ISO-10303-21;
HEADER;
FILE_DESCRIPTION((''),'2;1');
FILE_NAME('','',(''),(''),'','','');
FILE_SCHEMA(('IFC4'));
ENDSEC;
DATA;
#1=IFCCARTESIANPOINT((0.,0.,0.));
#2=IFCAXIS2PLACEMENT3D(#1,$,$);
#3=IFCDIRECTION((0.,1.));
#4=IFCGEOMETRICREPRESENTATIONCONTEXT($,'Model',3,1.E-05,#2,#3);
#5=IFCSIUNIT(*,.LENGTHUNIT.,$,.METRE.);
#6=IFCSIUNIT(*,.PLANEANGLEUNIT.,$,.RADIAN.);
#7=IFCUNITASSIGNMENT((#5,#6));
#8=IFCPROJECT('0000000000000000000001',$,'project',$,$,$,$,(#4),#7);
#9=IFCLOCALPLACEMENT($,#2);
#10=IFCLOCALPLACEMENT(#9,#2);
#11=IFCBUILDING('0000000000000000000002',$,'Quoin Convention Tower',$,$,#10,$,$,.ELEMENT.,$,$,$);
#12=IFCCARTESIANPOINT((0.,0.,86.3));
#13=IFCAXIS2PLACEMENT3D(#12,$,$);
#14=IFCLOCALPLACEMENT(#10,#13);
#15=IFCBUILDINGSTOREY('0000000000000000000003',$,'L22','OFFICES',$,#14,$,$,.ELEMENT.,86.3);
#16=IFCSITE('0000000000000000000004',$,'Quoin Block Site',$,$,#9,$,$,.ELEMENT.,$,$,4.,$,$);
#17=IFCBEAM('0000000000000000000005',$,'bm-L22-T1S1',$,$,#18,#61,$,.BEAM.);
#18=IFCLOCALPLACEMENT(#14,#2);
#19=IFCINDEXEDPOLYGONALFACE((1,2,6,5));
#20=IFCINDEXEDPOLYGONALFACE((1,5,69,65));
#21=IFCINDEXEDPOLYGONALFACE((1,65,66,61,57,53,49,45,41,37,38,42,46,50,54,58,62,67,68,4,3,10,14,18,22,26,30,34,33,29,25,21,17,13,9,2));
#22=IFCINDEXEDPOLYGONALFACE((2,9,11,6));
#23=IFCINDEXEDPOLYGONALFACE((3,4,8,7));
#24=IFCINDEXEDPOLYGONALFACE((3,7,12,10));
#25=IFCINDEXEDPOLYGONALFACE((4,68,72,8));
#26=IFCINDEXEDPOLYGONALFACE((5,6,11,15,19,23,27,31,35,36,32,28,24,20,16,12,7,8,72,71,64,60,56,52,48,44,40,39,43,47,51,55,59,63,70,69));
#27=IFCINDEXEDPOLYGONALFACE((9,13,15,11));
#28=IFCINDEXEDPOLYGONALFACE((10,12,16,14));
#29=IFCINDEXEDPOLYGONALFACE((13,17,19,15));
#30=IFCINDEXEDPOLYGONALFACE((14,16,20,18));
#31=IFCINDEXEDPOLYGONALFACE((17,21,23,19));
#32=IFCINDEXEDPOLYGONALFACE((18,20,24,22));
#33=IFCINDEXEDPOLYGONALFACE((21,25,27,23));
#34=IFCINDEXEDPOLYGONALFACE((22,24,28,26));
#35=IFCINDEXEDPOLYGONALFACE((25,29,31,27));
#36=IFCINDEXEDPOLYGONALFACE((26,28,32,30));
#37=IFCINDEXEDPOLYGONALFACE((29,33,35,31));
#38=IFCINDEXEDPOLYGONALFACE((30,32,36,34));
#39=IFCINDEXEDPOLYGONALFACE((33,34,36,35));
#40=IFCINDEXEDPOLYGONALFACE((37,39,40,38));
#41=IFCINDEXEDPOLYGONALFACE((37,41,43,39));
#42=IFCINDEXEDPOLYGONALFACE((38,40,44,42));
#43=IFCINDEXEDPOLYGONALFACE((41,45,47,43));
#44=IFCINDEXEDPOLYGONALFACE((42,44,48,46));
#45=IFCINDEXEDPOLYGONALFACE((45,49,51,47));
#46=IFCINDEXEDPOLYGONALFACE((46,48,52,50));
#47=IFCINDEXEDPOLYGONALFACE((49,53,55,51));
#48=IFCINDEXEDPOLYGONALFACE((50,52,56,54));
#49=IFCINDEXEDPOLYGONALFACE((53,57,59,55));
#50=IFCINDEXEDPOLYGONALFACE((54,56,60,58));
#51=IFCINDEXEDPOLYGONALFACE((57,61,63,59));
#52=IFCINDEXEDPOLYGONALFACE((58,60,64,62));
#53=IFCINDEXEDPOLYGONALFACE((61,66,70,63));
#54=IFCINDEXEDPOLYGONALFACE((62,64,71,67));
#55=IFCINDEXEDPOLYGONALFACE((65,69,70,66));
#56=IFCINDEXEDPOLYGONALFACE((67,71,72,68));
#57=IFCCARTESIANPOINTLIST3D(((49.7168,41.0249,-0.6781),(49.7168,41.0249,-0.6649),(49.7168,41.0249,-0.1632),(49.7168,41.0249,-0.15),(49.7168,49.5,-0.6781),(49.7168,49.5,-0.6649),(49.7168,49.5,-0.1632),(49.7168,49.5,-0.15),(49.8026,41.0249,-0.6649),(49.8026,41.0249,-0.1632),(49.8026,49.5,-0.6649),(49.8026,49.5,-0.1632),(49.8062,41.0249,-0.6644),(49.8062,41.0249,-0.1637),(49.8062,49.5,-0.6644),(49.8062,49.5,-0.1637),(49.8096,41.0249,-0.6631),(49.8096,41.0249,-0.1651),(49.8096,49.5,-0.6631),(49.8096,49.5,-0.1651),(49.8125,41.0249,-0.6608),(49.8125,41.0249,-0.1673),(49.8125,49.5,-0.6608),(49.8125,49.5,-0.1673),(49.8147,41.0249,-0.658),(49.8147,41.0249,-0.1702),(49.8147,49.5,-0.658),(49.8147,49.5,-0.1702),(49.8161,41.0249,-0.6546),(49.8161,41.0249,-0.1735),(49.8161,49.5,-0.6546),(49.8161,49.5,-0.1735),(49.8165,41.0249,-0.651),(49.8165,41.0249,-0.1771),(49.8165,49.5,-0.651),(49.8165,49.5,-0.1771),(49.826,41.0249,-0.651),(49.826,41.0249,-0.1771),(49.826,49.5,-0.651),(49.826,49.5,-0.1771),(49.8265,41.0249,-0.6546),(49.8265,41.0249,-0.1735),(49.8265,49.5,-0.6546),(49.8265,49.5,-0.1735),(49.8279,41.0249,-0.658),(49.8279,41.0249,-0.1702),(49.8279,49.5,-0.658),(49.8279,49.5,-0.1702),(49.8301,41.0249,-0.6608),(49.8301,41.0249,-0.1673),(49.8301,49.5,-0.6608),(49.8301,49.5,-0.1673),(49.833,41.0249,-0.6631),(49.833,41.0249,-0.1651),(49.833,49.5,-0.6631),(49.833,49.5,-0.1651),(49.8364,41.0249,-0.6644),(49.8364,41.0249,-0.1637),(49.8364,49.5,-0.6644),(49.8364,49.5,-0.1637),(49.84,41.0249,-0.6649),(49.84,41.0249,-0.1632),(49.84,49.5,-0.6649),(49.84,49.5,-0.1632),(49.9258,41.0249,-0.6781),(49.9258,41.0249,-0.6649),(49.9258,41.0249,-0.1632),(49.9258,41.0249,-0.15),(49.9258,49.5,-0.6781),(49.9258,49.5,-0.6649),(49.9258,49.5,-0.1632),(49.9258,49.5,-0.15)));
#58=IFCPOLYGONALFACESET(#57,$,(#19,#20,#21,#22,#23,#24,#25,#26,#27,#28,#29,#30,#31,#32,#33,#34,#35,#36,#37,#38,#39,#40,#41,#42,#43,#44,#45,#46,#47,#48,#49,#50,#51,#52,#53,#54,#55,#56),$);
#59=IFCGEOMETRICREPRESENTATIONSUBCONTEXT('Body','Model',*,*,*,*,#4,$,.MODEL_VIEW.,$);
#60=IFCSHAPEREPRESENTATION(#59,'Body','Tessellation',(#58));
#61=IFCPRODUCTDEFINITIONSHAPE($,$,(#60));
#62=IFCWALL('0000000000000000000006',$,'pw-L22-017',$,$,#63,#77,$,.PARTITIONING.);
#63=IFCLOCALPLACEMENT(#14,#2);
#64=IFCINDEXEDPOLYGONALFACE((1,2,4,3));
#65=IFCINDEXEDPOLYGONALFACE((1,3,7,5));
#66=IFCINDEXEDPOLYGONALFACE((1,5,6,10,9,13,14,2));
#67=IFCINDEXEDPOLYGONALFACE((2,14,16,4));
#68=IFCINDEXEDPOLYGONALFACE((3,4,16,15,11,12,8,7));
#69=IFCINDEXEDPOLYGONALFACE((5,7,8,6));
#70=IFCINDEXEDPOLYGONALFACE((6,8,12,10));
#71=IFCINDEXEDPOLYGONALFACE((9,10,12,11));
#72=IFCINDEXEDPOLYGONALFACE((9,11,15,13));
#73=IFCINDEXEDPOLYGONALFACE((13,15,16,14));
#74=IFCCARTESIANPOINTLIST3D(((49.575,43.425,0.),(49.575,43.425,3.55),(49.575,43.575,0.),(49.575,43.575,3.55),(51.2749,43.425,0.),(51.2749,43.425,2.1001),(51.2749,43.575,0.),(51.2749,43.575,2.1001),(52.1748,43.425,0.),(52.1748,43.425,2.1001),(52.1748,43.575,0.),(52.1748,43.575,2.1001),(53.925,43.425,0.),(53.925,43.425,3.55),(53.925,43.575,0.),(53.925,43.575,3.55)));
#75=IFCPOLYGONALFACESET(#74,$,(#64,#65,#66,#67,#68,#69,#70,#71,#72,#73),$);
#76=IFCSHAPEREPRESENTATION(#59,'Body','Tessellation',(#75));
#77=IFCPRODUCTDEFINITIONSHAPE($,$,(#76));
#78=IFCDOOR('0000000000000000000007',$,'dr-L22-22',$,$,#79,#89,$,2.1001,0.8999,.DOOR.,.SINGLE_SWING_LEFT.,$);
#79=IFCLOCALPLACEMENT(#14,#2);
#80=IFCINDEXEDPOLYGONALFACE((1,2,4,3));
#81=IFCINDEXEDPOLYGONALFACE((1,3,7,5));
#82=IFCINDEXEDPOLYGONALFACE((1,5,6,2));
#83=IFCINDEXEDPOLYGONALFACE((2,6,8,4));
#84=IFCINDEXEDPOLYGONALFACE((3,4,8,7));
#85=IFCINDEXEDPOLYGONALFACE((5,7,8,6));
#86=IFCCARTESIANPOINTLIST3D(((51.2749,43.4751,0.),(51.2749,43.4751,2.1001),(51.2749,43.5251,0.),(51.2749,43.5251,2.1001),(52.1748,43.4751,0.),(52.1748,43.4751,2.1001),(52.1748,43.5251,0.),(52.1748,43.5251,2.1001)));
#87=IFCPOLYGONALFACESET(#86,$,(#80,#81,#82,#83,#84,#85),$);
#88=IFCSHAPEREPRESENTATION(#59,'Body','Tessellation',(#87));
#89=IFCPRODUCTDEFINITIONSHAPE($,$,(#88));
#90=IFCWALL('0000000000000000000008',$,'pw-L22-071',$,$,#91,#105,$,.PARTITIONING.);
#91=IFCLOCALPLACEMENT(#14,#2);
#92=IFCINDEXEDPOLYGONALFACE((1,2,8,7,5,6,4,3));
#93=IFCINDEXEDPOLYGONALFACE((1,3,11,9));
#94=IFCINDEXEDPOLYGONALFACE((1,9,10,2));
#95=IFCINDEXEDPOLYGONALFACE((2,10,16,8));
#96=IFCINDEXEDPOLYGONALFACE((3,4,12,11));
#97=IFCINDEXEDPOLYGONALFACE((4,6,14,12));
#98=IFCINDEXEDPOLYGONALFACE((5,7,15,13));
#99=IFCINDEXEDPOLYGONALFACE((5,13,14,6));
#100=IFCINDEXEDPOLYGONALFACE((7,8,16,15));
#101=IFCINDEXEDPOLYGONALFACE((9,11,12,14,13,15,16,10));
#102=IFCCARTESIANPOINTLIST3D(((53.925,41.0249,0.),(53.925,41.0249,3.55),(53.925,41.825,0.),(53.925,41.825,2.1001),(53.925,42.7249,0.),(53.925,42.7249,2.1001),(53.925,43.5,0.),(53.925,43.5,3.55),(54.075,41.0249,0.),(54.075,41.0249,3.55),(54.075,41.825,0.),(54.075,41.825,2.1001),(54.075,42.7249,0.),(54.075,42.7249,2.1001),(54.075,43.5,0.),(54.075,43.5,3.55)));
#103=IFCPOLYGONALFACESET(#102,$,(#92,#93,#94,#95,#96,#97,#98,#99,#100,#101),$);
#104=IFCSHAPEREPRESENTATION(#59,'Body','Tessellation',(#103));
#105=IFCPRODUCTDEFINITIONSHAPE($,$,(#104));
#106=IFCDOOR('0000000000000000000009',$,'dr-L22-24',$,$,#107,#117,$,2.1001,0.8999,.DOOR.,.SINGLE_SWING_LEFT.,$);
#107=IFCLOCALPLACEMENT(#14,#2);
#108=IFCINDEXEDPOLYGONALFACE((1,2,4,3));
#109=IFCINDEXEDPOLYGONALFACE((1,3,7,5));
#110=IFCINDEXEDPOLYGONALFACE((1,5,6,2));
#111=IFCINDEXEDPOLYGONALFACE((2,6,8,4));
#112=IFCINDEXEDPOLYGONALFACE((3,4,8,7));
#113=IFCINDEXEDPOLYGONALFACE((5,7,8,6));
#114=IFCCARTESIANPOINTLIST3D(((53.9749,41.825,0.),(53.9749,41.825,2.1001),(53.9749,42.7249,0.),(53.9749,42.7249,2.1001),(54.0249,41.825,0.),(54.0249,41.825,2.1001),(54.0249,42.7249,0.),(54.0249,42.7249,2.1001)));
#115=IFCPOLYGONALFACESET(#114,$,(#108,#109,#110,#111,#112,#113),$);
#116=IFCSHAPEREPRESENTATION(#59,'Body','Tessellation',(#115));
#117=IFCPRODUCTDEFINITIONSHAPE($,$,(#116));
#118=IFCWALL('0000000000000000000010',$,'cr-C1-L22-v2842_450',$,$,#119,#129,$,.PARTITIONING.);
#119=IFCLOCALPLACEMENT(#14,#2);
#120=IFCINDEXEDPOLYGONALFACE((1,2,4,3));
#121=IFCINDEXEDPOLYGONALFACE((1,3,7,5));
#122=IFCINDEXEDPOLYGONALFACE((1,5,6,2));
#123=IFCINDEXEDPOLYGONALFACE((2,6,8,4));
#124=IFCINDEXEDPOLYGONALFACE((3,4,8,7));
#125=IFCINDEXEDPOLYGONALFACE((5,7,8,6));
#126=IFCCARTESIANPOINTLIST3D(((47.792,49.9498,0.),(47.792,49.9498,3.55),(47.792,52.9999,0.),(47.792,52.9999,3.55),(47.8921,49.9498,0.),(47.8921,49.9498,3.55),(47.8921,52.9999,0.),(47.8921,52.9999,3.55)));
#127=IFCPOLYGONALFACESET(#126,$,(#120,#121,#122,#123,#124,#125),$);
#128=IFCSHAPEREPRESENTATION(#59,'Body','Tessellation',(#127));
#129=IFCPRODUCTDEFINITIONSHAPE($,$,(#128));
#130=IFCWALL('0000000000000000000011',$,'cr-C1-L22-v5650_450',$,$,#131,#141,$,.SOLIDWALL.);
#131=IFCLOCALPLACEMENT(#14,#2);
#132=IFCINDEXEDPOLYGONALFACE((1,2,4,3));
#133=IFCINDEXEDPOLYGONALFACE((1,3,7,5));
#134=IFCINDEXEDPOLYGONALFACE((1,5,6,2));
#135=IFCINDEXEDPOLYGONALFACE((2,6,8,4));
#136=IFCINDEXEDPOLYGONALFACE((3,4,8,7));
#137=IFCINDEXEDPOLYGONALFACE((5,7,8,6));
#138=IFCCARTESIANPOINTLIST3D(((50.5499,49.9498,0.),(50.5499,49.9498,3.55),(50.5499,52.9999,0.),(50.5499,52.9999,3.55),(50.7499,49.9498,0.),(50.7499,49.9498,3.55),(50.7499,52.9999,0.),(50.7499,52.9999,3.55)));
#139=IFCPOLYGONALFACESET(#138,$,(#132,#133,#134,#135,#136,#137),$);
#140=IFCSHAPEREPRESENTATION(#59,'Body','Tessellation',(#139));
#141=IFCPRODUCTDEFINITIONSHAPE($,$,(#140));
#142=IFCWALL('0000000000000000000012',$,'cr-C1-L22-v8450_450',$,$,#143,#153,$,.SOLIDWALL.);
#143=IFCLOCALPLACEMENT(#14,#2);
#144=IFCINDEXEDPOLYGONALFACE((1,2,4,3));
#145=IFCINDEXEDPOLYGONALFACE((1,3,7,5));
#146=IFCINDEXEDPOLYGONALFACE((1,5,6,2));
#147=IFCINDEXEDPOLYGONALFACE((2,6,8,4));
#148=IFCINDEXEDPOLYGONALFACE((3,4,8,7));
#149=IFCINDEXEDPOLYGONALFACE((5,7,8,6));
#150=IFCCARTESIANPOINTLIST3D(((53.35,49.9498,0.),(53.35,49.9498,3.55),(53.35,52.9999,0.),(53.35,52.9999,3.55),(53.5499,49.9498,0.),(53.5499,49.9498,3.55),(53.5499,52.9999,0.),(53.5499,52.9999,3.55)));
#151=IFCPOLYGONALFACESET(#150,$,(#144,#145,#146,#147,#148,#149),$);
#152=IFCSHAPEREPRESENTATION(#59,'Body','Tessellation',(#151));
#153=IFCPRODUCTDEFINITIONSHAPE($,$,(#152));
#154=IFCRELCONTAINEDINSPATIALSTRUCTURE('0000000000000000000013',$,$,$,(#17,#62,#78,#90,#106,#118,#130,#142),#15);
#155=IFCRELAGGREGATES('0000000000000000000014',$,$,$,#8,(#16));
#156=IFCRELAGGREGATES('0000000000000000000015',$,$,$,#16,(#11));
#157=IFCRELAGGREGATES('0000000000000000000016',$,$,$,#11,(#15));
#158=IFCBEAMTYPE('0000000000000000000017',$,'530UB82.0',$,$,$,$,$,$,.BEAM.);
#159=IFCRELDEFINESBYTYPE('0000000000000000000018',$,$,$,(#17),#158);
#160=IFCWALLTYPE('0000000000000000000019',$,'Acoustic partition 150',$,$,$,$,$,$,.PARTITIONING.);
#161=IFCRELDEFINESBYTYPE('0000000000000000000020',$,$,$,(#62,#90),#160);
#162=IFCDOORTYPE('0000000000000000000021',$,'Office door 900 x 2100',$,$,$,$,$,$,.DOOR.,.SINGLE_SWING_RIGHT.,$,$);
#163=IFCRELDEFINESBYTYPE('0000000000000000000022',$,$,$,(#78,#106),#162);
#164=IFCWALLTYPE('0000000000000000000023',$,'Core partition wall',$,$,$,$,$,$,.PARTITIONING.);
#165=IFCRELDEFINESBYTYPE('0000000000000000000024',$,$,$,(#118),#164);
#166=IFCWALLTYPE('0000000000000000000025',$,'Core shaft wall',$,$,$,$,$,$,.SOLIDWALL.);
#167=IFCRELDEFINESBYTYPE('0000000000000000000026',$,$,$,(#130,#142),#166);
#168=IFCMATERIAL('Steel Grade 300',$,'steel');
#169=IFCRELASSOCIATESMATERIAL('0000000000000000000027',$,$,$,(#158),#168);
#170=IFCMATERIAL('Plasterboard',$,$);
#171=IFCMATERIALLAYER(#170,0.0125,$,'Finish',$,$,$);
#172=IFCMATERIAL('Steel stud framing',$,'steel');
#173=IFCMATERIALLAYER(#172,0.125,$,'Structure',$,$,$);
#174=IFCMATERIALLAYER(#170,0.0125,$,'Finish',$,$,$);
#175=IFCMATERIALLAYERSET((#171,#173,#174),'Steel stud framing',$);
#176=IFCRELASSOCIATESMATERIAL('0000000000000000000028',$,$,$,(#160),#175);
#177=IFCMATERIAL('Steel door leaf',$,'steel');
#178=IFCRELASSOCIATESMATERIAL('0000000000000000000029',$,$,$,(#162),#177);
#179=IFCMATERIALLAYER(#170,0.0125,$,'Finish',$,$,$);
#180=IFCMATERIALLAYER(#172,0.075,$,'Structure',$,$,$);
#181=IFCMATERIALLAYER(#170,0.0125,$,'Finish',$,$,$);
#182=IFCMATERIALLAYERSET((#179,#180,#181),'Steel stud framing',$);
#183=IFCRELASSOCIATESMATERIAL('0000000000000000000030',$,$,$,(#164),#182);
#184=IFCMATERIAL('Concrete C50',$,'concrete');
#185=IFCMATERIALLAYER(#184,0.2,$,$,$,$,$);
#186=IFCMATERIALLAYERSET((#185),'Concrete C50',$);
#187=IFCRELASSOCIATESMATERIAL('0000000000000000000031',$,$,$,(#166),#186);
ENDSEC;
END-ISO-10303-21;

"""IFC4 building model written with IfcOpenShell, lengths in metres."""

from ifc_helpers import new_model, si_unit, direction, frame, frame_2d, origin, origin_2d, place, context, subcontext, project, spatial, rectangle, i_section, extrude, material, layer, layer_set, material_profile, profile_set, type_object, element, fill, save


model = new_model("IFC4")

# Units and contexts
model_context = context("Model", 3, precision=1e-05, world=origin(), true_north=direction((0.0, 1.0)))
body_context = subcontext(model_context, "Body", "Model", "MODEL_VIEW")
ifc_project = project(units=[si_unit("LENGTHUNIT", "METRE"), si_unit("PLANEANGLEUNIT", "RADIAN")], contexts=[model_context])

# Site, building, storey
site_placement = place(None, origin())
site = spatial("IfcSite", under=ifc_project, at=site_placement, Name="Quoin Block Site", CompositionType="ELEMENT", RefElevation=4.0)
building_placement = place(site_placement, origin())
building = spatial("IfcBuilding", under=site, at=building_placement, Name="Quoin Convention Tower", CompositionType="ELEMENT")
storey_placement = place(building_placement, frame((0.0, 0.0, 86.3)))
storey = spatial("IfcBuildingStorey", under=building, at=storey_placement, Name="L22", Description="OFFICES", CompositionType="ELEMENT", Elevation=86.3)

# Beam
ifc_material_1 = material(Name="Steel Grade 300", Category="steel")
ifc_material_profile = material_profile(ifc_material_1, i_section(OverallWidth=0.209, OverallDepth=0.5281, WebThickness=0.0095, FlangeThickness=0.0132, FilletRadius=0.0139, at=origin_2d()), Name="530UB82.0")
ifc_profile_set = profile_set([ifc_material_profile], Name="Steel Grade 300")
beam_type = type_object("IfcBeamType", Name="530UB82.0", PredefinedType="BEAM", material=ifc_profile_set)
beam_placement = place(storey_placement, frame((49.8213, 41.0249, -0.4141), z_axis=(0.0, 1.0, 0.0), x_axis=(-1.0, 0.0, 0.0)))
element("IfcBeam", 1, at=beam_placement, inside=storey, type_object=beam_type, Name="bm-L22-T1S1", PredefinedType="BEAM", context=body_context, shape_type="SweptSolid", body=[
    extrude(i_section(OverallWidth=0.209, OverallDepth=0.5281, WebThickness=0.0095, FlangeThickness=0.0132, FilletRadius=0.0139, at=origin_2d()), origin(), (0.0, 0.0, 1.0), 8.4751),
])

# Walls, openings, doors
ifc_material_2 = material(Name="Plasterboard")
ifc_layer_1 = layer(ifc_material_2, 0.0125, Name="Finish")
ifc_material_3 = material(Name="Steel stud framing", Category="steel")
ifc_layer_2 = layer(ifc_material_3, 0.125, Name="Structure")
ifc_layer_3 = layer(ifc_material_2, 0.0125, Name="Finish")
ifc_layer_set_1 = layer_set([ifc_layer_1, ifc_layer_2, ifc_layer_3], Name="Steel stud framing")
wall_type_1 = type_object("IfcWallType", Name="Acoustic partition 150", PredefinedType="PARTITIONING", material=ifc_layer_set_1)
wall_1_placement = place(storey_placement, frame((49.575, 43.5, 0.0), z_axis=(0.0, 0.0, 1.0), x_axis=(1.0, 0.0, 0.0)))
wall_1 = element("IfcWall", 2, at=wall_1_placement, inside=storey, type_object=wall_type_1, Name="pw-L22-017", PredefinedType="PARTITIONING", context=body_context, shape_type="SweptSolid", body=[
    extrude(rectangle(XDim=4.3501, YDim=0.1499, at=frame_2d((2.175, 0.0))), origin(), (0.0, 0.0, 1.0), 3.55),
])
opening_1_placement = place(wall_1_placement, frame((1.7, 0.0, 0.0)))
opening_1 = element("IfcOpeningElement", 3, at=opening_1_placement, cuts=wall_1, PredefinedType="OPENING", context=body_context, shape_type="SweptSolid", body=[
    extrude(rectangle(XDim=0.8999, YDim=2.1001, at=frame_2d((0.45, 1.05))), frame((0.0, 0.085, 0.0), z_axis=(0.0, -1.0, 0.0), x_axis=(1.0, 0.0, 0.0)), (0.0, 0.0, 1.0), 0.1699),
])
ifc_material_4 = material(Name="Steel door leaf", Category="steel")
door_type_1 = type_object("IfcDoorType", Name="Office door 900 x 2100", OperationType="SINGLE_SWING_RIGHT", PredefinedType="DOOR", material=ifc_material_4)
door_1_placement = place(opening_1_placement, frame((0.8999, 0.0, 0.0), z_axis=(0.0, 0.0, 1.0), x_axis=(-1.0, 0.0, 0.0)))
door_1 = element("IfcDoor", 4, at=door_1_placement, inside=storey, type_object=door_type_1, Name="dr-L22-22", OperationType="SINGLE_SWING_LEFT", OverallHeight=2.1001, OverallWidth=0.8999, PredefinedType="DOOR", context=body_context, shape_type="SweptSolid", body=[
    extrude(rectangle(XDim=0.8999, YDim=2.1001, at=frame_2d((0.45, 1.05))), frame((0.0, 0.0249, 0.0), z_axis=(0.0, -1.0, 0.0), x_axis=(1.0, 0.0, 0.0)), (0.0, 0.0, 1.0), 0.05),
])
fill(opening_1, door_1)
wall_2_placement = place(storey_placement, frame((54.0, 41.0249, 0.0), z_axis=(0.0, 0.0, 1.0), x_axis=(0.0, 1.0, 0.0)))
wall_2 = element("IfcWall", 5, at=wall_2_placement, inside=storey, type_object=wall_type_1, Name="pw-L22-071", PredefinedType="PARTITIONING", context=body_context, shape_type="SweptSolid", body=[
    extrude(rectangle(XDim=2.4751, YDim=0.1499, at=frame_2d((1.2375, 0.0))), origin(), (0.0, 0.0, 1.0), 3.55),
])
opening_2_placement = place(wall_2_placement, frame((0.8, 0.0, 0.0)))
opening_2 = element("IfcOpeningElement", 6, at=opening_2_placement, cuts=wall_2, PredefinedType="OPENING", context=body_context, shape_type="SweptSolid", body=[
    extrude(rectangle(XDim=0.8999, YDim=2.1001, at=frame_2d((0.45, 1.05))), frame((0.0, 0.085, 0.0), z_axis=(0.0, -1.0, 0.0), x_axis=(1.0, 0.0, 0.0)), (0.0, 0.0, 1.0), 0.1699),
])
door_2_placement = place(opening_2_placement, frame((0.8999, 0.0, 0.0), z_axis=(0.0, 0.0, 1.0), x_axis=(-1.0, 0.0, 0.0)))
door_2 = element("IfcDoor", 7, at=door_2_placement, inside=storey, type_object=door_type_1, Name="dr-L22-24", OperationType="SINGLE_SWING_LEFT", OverallHeight=2.1001, OverallWidth=0.8999, PredefinedType="DOOR", context=body_context, shape_type="SweptSolid", body=[
    extrude(rectangle(XDim=0.8999, YDim=2.1001, at=frame_2d((0.45, 1.05))), frame((0.0, 0.0249, 0.0), z_axis=(0.0, -1.0, 0.0), x_axis=(1.0, 0.0, 0.0)), (0.0, 0.0, 1.0), 0.05),
])
fill(opening_2, door_2)

# Walls
ifc_layer_4 = layer(ifc_material_2, 0.0125, Name="Finish")
ifc_layer_5 = layer(ifc_material_3, 0.075, Name="Structure")
ifc_layer_6 = layer(ifc_material_2, 0.0125, Name="Finish")
ifc_layer_set_2 = layer_set([ifc_layer_4, ifc_layer_5, ifc_layer_6], Name="Steel stud framing")
wall_type_2 = type_object("IfcWallType", Name="Core partition wall", PredefinedType="PARTITIONING", material=ifc_layer_set_2)
wall_3_placement = place(storey_placement, frame((47.842, 49.95, 0.0), z_axis=(0.0, 0.0, 1.0), x_axis=(0.0, 1.0, 0.0)))
element("IfcWall", 8, at=wall_3_placement, inside=storey, type_object=wall_type_2, Name="cr-C1-L22-v2842_450", PredefinedType="PARTITIONING", context=body_context, shape_type="SweptSolid", body=[
    extrude(rectangle(XDim=3.05, YDim=0.1001, at=frame_2d((1.5249, 0.0))), origin(), (0.0, 0.0, 1.0), 3.55),
])
ifc_material_5 = material(Name="Concrete C50", Category="concrete")
ifc_layer_7 = layer(ifc_material_5, 0.2)
ifc_layer_set_3 = layer_set([ifc_layer_7], Name="Concrete C50")
wall_type_3 = type_object("IfcWallType", Name="Core shaft wall", PredefinedType="SOLIDWALL", material=ifc_layer_set_3)
for number, where, z_axis, x_axis, name in (
    (9, (50.6499, 49.95, 0.0), (0.0, 0.0, 1.0), (0.0, 1.0, 0.0), "cr-C1-L22-v5650_450"),
    (10, (53.45, 49.95, 0.0), (0.0, 0.0, 1.0), (0.0, 1.0, 0.0), "cr-C1-L22-v8450_450"),
):
    element("IfcWall", number, at=place(storey_placement, frame(where, z_axis=z_axis, x_axis=x_axis)), inside=storey, type_object=wall_type_3, Name=name, PredefinedType="SOLIDWALL", context=body_context, shape_type="SweptSolid", body=[
        extrude(rectangle(XDim=3.05, YDim=0.2, at=frame_2d((1.5249, 0.0))), origin(), (0.0, 0.0, 1.0), 3.55),
    ])

save(model, "model.ifc")
